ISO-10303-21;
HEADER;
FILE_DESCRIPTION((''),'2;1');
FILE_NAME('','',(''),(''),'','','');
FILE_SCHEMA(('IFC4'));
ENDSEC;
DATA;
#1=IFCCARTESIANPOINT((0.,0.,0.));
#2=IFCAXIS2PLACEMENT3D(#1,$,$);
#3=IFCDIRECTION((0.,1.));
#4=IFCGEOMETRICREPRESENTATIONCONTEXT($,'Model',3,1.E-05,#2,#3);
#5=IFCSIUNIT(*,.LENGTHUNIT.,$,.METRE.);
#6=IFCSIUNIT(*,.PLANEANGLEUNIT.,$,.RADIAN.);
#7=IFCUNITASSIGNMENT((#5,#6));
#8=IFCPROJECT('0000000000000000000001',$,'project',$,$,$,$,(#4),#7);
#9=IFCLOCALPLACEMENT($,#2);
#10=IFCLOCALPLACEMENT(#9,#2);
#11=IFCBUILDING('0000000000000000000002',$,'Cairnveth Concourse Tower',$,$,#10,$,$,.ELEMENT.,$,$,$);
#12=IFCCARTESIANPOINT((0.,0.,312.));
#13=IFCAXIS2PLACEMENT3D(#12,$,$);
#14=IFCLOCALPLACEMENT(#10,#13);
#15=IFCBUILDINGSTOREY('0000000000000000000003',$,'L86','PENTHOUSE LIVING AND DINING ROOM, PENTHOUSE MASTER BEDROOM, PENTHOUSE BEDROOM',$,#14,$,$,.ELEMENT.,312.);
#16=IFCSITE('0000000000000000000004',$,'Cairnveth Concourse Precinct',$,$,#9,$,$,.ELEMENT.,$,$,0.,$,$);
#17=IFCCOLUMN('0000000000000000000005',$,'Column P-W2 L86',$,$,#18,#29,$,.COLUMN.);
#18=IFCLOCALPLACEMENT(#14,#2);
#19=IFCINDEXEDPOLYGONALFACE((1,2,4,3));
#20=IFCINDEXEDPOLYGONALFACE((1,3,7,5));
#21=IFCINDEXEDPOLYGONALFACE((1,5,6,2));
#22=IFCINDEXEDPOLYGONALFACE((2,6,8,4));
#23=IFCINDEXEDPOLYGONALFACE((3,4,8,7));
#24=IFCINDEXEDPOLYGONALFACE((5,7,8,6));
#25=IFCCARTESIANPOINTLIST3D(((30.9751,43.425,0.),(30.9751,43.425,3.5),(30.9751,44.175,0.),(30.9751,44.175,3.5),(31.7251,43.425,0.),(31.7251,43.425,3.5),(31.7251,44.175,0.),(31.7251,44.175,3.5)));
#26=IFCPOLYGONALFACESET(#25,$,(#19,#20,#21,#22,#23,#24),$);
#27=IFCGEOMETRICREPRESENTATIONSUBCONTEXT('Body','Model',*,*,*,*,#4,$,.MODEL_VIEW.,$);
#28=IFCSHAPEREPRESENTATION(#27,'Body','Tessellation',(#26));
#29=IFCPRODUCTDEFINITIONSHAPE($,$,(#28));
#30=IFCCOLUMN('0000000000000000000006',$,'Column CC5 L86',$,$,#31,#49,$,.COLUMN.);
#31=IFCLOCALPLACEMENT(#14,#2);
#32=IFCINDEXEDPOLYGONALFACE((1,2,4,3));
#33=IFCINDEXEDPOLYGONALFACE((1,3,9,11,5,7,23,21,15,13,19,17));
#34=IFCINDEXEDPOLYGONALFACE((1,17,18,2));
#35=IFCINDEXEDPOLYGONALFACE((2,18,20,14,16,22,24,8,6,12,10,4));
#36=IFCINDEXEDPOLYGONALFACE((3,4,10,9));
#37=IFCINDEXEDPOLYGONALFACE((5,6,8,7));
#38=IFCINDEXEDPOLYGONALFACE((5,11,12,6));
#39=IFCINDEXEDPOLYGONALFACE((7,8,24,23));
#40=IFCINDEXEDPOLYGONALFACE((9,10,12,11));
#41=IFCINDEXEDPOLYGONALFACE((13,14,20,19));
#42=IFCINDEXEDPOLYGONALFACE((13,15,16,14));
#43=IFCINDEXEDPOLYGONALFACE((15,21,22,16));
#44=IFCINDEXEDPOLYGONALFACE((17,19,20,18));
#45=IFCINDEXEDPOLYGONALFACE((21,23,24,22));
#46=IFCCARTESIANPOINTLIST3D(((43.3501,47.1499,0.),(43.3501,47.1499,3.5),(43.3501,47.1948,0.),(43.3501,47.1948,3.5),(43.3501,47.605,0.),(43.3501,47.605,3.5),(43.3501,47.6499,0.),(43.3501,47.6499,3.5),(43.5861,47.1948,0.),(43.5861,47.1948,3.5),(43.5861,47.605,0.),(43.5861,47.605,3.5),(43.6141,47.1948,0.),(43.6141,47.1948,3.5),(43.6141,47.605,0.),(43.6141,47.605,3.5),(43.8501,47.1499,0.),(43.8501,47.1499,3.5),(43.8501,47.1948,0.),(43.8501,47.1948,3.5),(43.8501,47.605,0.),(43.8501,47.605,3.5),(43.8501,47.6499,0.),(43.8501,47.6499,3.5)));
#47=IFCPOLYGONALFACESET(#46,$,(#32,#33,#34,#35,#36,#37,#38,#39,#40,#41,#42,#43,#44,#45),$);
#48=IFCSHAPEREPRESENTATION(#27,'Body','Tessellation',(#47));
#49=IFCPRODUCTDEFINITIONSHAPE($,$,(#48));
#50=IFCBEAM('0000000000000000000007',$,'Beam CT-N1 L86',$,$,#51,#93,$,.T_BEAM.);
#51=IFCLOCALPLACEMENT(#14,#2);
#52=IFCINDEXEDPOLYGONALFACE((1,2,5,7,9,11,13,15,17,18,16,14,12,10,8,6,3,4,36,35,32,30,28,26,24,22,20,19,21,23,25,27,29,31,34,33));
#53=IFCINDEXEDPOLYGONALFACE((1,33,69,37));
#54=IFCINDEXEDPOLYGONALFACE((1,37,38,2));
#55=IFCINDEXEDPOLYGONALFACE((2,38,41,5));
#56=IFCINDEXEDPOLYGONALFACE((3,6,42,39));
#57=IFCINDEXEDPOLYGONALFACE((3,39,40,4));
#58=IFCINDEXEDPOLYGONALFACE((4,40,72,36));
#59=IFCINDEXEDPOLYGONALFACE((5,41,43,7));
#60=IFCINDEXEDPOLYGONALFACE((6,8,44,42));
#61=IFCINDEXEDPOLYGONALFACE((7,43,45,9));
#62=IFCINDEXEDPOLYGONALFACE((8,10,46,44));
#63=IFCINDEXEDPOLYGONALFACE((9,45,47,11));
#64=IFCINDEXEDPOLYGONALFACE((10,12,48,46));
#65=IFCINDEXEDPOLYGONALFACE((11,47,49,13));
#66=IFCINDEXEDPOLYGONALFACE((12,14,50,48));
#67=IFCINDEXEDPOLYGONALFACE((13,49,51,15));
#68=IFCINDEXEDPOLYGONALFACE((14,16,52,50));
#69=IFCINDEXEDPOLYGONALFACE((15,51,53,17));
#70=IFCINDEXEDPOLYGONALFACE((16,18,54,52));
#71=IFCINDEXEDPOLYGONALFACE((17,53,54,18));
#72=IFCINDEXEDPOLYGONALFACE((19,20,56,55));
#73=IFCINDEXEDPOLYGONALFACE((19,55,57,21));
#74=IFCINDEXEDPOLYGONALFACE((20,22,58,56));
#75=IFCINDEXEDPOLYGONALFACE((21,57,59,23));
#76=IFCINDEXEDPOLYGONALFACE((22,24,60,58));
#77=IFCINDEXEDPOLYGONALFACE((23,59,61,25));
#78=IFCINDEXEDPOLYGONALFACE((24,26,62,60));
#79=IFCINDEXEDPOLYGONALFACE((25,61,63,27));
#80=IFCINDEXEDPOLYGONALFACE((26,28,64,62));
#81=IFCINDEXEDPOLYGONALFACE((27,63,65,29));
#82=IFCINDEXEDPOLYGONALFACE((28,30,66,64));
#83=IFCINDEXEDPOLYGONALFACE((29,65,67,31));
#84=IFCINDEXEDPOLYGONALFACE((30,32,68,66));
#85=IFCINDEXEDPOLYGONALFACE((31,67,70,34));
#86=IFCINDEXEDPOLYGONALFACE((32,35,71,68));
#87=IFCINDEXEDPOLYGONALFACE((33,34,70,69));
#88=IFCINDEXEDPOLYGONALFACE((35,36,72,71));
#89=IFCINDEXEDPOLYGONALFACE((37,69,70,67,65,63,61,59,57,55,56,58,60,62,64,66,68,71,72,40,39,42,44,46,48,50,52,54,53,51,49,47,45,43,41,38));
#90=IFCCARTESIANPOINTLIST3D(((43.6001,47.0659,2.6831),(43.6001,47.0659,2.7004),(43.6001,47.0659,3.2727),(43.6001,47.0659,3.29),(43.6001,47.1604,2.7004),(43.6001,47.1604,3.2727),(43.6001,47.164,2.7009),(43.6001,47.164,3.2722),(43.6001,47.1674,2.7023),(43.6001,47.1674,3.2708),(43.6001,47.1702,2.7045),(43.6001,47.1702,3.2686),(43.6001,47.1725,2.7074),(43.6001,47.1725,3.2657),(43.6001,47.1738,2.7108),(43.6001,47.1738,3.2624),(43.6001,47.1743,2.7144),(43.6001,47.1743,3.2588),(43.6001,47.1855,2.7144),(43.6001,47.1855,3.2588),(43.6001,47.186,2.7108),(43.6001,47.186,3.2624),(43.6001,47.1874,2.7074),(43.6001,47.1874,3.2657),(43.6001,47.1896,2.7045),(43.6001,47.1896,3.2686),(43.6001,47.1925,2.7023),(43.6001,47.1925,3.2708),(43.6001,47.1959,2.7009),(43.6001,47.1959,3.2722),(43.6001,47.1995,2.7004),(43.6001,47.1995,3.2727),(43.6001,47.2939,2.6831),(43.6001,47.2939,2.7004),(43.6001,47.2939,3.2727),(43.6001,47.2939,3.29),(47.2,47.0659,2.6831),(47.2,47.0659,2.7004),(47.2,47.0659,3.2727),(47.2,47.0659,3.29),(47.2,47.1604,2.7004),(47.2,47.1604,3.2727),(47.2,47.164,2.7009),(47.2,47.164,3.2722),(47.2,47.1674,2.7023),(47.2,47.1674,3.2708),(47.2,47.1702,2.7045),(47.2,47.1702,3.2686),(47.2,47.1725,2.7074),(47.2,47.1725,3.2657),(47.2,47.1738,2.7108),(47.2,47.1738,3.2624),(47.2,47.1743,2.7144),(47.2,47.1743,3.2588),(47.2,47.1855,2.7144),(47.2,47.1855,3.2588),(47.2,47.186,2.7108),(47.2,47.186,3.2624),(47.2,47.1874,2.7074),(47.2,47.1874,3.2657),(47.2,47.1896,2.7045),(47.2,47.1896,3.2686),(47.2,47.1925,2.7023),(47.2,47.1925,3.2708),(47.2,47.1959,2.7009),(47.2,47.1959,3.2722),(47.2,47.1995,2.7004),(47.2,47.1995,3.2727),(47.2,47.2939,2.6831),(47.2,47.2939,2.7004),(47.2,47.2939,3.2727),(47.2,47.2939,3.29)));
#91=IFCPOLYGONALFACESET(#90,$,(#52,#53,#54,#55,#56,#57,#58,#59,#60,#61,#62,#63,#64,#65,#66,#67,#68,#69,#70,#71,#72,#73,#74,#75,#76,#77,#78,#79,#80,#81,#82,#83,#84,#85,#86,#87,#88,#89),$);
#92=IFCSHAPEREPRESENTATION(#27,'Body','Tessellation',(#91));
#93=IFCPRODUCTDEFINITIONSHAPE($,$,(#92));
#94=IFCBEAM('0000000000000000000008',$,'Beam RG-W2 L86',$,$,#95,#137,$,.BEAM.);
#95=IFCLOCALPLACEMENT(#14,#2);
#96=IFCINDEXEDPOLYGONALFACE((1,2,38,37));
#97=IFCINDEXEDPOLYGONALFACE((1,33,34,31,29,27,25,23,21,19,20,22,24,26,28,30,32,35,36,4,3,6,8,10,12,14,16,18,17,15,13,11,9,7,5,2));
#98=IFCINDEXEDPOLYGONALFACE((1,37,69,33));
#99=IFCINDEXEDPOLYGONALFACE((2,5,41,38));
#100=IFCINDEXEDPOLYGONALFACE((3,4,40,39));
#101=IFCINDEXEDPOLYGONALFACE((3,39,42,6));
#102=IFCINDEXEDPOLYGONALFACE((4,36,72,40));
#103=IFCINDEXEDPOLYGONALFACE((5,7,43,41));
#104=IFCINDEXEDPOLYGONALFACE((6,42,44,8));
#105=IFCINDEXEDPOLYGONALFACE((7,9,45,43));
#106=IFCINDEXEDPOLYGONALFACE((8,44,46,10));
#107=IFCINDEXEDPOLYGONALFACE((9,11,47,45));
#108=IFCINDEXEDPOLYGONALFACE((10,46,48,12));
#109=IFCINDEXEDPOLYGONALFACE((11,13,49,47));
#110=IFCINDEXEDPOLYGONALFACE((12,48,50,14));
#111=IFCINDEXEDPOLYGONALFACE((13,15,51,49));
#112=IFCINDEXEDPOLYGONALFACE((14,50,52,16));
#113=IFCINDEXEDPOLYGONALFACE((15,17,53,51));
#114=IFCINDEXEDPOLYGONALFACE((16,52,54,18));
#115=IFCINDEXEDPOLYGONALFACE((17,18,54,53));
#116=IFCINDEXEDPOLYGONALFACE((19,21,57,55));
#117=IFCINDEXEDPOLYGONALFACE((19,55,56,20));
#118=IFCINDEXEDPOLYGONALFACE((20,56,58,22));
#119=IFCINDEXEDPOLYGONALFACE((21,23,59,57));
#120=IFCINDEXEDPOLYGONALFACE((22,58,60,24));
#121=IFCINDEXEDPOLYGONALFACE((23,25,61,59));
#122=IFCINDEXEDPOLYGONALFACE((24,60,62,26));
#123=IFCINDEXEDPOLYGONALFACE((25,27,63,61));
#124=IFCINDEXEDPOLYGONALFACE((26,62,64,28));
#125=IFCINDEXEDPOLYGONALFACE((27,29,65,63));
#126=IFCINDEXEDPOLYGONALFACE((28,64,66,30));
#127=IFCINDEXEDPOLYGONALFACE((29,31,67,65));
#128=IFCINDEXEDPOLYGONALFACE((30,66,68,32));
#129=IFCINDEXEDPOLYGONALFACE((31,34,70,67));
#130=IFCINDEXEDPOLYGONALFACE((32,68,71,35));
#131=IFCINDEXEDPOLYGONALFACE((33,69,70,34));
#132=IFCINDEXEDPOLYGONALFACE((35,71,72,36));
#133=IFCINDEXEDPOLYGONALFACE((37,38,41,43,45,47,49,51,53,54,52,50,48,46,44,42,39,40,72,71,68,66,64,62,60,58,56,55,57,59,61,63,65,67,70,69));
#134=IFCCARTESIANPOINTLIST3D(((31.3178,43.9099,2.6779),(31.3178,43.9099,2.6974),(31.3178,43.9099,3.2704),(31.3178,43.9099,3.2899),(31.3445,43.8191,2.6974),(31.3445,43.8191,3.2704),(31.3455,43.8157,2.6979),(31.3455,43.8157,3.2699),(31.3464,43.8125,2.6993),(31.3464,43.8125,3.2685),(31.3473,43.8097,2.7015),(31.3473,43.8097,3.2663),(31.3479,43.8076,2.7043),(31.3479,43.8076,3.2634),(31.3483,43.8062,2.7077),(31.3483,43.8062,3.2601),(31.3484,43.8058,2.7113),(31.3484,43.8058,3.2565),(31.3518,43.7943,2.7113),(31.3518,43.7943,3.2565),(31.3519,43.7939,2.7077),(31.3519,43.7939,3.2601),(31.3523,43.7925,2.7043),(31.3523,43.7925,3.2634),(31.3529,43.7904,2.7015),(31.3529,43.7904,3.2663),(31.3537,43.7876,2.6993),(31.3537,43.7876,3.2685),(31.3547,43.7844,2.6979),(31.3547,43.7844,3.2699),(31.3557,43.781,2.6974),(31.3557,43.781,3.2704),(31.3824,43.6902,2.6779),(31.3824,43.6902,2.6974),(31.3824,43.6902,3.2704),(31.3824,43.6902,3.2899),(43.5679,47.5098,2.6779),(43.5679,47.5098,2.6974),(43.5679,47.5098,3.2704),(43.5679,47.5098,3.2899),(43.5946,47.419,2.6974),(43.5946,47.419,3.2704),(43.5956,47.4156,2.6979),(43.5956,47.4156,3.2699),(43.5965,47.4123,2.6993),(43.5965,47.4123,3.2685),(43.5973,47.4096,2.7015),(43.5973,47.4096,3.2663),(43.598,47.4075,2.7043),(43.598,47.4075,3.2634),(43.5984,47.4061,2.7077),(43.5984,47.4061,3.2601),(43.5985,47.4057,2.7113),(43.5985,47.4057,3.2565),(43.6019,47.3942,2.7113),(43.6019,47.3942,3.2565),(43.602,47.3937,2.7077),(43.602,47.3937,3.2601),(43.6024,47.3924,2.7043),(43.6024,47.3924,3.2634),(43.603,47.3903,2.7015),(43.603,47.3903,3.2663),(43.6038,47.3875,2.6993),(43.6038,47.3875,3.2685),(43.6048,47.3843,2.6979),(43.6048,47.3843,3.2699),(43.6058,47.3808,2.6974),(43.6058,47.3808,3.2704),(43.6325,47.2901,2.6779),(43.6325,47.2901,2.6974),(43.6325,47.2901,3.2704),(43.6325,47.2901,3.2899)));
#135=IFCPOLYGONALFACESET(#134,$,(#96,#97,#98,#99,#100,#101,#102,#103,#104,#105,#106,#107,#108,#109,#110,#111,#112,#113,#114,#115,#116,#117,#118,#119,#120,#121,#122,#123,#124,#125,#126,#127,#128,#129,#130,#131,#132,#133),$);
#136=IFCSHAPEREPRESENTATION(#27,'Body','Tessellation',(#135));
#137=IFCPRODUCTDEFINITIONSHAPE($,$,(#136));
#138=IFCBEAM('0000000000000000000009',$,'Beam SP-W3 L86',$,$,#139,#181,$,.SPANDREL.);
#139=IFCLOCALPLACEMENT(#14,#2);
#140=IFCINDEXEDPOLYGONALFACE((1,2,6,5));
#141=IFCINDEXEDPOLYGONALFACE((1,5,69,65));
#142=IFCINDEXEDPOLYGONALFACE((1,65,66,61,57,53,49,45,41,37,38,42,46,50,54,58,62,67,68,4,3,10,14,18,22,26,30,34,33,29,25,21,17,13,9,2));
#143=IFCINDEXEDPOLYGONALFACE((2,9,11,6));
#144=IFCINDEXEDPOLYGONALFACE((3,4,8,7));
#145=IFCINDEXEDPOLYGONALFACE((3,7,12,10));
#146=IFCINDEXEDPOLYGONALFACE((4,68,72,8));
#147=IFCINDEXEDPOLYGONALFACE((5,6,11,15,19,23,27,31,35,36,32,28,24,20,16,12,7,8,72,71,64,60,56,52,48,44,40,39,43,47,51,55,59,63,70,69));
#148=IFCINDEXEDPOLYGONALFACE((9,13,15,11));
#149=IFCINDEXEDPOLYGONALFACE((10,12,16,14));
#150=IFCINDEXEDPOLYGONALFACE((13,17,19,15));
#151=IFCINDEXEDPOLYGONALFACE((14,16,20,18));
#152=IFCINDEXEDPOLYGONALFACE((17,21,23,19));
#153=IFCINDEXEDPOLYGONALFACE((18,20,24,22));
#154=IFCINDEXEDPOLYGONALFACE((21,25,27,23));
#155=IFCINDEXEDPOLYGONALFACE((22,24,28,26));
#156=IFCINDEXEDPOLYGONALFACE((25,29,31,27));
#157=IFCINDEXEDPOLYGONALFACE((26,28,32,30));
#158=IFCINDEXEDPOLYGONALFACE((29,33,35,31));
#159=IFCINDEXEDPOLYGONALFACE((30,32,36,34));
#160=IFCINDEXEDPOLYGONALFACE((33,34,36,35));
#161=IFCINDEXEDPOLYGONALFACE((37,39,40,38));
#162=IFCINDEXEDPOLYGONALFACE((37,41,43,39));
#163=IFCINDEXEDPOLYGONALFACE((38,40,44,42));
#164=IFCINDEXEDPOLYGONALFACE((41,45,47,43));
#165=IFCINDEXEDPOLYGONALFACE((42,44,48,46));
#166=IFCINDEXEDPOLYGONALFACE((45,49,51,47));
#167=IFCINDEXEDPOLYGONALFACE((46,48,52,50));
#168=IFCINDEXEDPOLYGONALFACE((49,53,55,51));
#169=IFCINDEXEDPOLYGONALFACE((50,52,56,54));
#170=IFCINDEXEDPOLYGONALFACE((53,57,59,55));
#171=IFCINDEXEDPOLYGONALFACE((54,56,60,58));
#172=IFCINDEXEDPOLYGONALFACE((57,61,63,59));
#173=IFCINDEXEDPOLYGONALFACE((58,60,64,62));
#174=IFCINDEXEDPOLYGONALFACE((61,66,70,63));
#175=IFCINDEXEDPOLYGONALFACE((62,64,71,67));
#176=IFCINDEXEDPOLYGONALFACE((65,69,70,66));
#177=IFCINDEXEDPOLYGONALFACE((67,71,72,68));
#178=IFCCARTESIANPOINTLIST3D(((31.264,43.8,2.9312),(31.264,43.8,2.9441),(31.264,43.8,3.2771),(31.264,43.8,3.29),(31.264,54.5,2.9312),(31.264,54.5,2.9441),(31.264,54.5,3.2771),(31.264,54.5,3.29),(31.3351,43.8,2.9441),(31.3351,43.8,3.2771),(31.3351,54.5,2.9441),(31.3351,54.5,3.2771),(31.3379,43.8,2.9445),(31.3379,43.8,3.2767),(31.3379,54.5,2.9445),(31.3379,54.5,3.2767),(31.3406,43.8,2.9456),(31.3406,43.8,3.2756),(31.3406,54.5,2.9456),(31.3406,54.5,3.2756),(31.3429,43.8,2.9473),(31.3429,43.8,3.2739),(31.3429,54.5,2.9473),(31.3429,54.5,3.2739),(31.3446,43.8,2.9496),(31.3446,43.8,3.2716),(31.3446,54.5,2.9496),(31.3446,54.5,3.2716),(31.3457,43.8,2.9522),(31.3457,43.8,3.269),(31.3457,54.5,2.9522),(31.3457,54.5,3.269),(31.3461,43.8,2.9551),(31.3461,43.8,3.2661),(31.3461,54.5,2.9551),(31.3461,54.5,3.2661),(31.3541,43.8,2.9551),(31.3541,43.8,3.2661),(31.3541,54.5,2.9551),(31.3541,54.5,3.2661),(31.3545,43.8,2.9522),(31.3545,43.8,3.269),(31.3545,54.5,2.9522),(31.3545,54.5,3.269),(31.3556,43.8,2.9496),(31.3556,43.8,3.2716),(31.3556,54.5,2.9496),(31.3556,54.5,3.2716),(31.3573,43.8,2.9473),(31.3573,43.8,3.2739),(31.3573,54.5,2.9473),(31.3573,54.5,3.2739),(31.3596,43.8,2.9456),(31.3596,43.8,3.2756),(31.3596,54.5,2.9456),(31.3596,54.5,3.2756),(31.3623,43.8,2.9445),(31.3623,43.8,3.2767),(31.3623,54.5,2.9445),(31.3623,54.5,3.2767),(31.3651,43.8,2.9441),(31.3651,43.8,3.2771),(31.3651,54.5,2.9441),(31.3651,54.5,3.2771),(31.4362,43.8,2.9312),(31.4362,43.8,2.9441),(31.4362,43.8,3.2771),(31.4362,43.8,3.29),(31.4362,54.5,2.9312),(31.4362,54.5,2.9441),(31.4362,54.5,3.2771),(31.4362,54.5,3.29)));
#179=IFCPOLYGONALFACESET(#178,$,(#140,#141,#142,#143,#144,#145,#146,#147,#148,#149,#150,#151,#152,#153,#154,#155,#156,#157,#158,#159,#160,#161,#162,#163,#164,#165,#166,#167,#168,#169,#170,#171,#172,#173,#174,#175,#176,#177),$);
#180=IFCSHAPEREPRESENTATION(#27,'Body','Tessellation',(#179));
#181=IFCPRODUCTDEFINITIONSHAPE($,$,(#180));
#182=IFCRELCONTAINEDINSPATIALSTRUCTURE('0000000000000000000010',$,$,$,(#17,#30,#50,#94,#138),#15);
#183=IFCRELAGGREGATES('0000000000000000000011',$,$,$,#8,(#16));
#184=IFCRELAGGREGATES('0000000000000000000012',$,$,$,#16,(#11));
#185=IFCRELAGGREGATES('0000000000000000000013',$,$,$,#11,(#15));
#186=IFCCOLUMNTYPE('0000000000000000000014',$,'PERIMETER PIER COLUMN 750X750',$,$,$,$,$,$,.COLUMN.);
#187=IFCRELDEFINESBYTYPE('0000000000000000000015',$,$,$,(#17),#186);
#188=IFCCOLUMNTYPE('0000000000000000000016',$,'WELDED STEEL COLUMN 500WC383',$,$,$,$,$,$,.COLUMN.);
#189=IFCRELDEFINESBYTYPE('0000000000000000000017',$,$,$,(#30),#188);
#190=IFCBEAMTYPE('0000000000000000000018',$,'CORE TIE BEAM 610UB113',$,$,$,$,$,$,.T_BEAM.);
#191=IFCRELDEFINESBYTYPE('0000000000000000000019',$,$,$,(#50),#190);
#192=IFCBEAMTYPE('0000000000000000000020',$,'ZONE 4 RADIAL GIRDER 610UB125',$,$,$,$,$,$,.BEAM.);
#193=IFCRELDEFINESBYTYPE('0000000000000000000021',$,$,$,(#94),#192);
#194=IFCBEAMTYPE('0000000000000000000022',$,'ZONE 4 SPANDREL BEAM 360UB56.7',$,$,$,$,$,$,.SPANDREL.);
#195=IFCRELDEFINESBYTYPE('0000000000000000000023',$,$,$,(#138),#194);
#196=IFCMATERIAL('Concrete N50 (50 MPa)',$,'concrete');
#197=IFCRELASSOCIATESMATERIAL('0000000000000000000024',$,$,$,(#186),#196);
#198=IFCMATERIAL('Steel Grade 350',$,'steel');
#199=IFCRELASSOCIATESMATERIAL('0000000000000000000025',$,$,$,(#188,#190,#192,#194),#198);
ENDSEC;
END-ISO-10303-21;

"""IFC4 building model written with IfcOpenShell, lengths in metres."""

from ifc_helpers import new_model, si_unit, direction, frame, origin, origin_2d, place, context, subcontext, project, spatial, rectangle, i_section, extrude, material, material_profile, profile_set, type_object, element, save


model = new_model("IFC4")

# Units and contexts
model_context = context("Model", 3, precision=1e-05, world=origin(), true_north=direction((0.0, 1.0)))
body_context = subcontext(model_context, "Body", "Model", "MODEL_VIEW")
ifc_project = project(units=[si_unit("LENGTHUNIT", "METRE"), si_unit("PLANEANGLEUNIT", "RADIAN")], contexts=[model_context])

# Site, building, storey
site_placement = place(None, origin())
site = spatial("IfcSite", under=ifc_project, at=site_placement, Name="Cairnveth Concourse Precinct", CompositionType="ELEMENT", RefElevation=0.0)
building_placement = place(site_placement, origin())
building = spatial("IfcBuilding", under=site, at=building_placement, Name="Cairnveth Concourse Tower", CompositionType="ELEMENT")
storey_placement = place(building_placement, frame((0.0, 0.0, 312.0)))
storey = spatial("IfcBuildingStorey", under=building, at=storey_placement, Name="L86", Description="PENTHOUSE LIVING AND DINING ROOM, PENTHOUSE MASTER BEDROOM, PENTHOUSE BEDROOM", CompositionType="ELEMENT", Elevation=312.0)

# Columns
ifc_material_1 = material(Name="Concrete N50 (50 MPa)", Category="concrete")
ifc_material_profile_1 = material_profile(ifc_material_1, rectangle(XDim=0.75, YDim=0.75, at=origin_2d()), Name="RC-COL-750x750")
ifc_profile_set_1 = profile_set([ifc_material_profile_1], Name="Concrete N50 (50 MPa)")
column_type_1 = type_object("IfcColumnType", Name="PERIMETER PIER COLUMN 750X750", PredefinedType="COLUMN", material=ifc_profile_set_1)
column_1_placement = place(storey_placement, frame((31.3501, 43.8, 0.0), z_axis=(0.0, 0.0, 1.0), x_axis=(0.0, 1.0, 0.0)))
element("IfcColumn", 1, at=column_1_placement, inside=storey, type_object=column_type_1, Name="Column P-W2 L86", PredefinedType="COLUMN", context=body_context, shape_type="SweptSolid", body=[
    extrude(rectangle(XDim=0.75, YDim=0.75, at=origin_2d()), origin(), (0.0, 0.0, 1.0), 3.5),
])
ifc_material_2 = material(Name="Steel Grade 350", Category="steel")
ifc_material_profile_2 = material_profile(ifc_material_2, i_section(OverallWidth=0.5, OverallDepth=0.5, WebThickness=0.0281, FlangeThickness=0.0449, at=origin_2d()), Name="500WC383")
ifc_profile_set_2 = profile_set([ifc_material_profile_2], Name="Steel Grade 350")
column_type_2 = type_object("IfcColumnType", Name="WELDED STEEL COLUMN 500WC383", PredefinedType="COLUMN", material=ifc_profile_set_2)
column_2_placement = place(storey_placement, frame((43.6001, 47.3999, 0.0), z_axis=(0.0, 0.0, 1.0), x_axis=(1.0, 0.0, 0.0)))
element("IfcColumn", 2, at=column_2_placement, inside=storey, type_object=column_type_2, Name="Column CC5 L86", PredefinedType="COLUMN", context=body_context, shape_type="SweptSolid", body=[
    extrude(i_section(OverallWidth=0.5, OverallDepth=0.5, WebThickness=0.0281, FlangeThickness=0.0449, at=origin_2d()), origin(), (0.0, 0.0, 1.0), 3.5),
])

# Beams
ifc_material_profile_3 = material_profile(ifc_material_2, i_section(OverallWidth=0.228, OverallDepth=0.6069, WebThickness=0.0112, FlangeThickness=0.0173, FilletRadius=0.0139, at=origin_2d()), Name="610UB113")
ifc_profile_set_3 = profile_set([ifc_material_profile_3], Name="Steel Grade 350")
beam_type_1 = type_object("IfcBeamType", Name="CORE TIE BEAM 610UB113", PredefinedType="T_BEAM", material=ifc_profile_set_3)
beam_1_placement = place(storey_placement, frame((43.6001, 47.1799, 2.9866), z_axis=(1.0, 0.0, 0.0), x_axis=(0.0, 1.0, 0.0)))
element("IfcBeam", 3, at=beam_1_placement, inside=storey, type_object=beam_type_1, Name="Beam CT-N1 L86", PredefinedType="T_BEAM", context=body_context, shape_type="SweptSolid", body=[
    extrude(i_section(OverallWidth=0.228, OverallDepth=0.6069, WebThickness=0.0112, FlangeThickness=0.0173, FilletRadius=0.0139, at=origin_2d()), origin(), (0.0, 0.0, 1.0), 3.5999),
])
ifc_material_profile_4 = material_profile(ifc_material_2, i_section(OverallWidth=0.229, OverallDepth=0.6121, WebThickness=0.012, FlangeThickness=0.0195, FilletRadius=0.0139, at=origin_2d()), Name="610UB125")
ifc_profile_set_4 = profile_set([ifc_material_profile_4], Name="Steel Grade 350")
beam_type_2 = type_object("IfcBeamType", Name="ZONE 4 RADIAL GIRDER 610UB125", PredefinedType="BEAM", material=ifc_profile_set_4)
beam_2_placement = place(storey_placement, frame((31.3501, 43.8, 2.9839), z_axis=(0.959431, 0.281944, 0.0), x_axis=(-0.281944, 0.959431, 0.0)))
element("IfcBeam", 4, at=beam_2_placement, inside=storey, type_object=beam_type_2, Name="Beam RG-W2 L86", PredefinedType="BEAM", context=body_context, shape_type="SweptSolid", body=[
    extrude(i_section(OverallWidth=0.229, OverallDepth=0.6121, WebThickness=0.012, FlangeThickness=0.0195, FilletRadius=0.0139, at=origin_2d()), origin(), (0.0, 0.0, 1.0), 12.7681),
])
ifc_material_profile_5 = material_profile(ifc_material_2, i_section(OverallWidth=0.1721, OverallDepth=0.3589, WebThickness=0.0081, FlangeThickness=0.0129, FilletRadius=0.011, at=origin_2d()), Name="360UB56.7")
ifc_profile_set_5 = profile_set([ifc_material_profile_5], Name="Steel Grade 350")
beam_type_3 = type_object("IfcBeamType", Name="ZONE 4 SPANDREL BEAM 360UB56.7", PredefinedType="SPANDREL", material=ifc_profile_set_5)
beam_3_placement = place(storey_placement, frame((31.3501, 43.8, 3.1106), z_axis=(0.0, 1.0, 0.0), x_axis=(-1.0, 0.0, 0.0)))
element("IfcBeam", 5, at=beam_3_placement, inside=storey, type_object=beam_type_3, Name="Beam SP-W3 L86", PredefinedType="SPANDREL", context=body_context, shape_type="SweptSolid", body=[
    extrude(i_section(OverallWidth=0.1721, OverallDepth=0.3589, WebThickness=0.0081, FlangeThickness=0.0129, FilletRadius=0.011, at=origin_2d()), origin(), (0.0, 0.0, 1.0), 10.7),
])

save(model, "model.ifc")
